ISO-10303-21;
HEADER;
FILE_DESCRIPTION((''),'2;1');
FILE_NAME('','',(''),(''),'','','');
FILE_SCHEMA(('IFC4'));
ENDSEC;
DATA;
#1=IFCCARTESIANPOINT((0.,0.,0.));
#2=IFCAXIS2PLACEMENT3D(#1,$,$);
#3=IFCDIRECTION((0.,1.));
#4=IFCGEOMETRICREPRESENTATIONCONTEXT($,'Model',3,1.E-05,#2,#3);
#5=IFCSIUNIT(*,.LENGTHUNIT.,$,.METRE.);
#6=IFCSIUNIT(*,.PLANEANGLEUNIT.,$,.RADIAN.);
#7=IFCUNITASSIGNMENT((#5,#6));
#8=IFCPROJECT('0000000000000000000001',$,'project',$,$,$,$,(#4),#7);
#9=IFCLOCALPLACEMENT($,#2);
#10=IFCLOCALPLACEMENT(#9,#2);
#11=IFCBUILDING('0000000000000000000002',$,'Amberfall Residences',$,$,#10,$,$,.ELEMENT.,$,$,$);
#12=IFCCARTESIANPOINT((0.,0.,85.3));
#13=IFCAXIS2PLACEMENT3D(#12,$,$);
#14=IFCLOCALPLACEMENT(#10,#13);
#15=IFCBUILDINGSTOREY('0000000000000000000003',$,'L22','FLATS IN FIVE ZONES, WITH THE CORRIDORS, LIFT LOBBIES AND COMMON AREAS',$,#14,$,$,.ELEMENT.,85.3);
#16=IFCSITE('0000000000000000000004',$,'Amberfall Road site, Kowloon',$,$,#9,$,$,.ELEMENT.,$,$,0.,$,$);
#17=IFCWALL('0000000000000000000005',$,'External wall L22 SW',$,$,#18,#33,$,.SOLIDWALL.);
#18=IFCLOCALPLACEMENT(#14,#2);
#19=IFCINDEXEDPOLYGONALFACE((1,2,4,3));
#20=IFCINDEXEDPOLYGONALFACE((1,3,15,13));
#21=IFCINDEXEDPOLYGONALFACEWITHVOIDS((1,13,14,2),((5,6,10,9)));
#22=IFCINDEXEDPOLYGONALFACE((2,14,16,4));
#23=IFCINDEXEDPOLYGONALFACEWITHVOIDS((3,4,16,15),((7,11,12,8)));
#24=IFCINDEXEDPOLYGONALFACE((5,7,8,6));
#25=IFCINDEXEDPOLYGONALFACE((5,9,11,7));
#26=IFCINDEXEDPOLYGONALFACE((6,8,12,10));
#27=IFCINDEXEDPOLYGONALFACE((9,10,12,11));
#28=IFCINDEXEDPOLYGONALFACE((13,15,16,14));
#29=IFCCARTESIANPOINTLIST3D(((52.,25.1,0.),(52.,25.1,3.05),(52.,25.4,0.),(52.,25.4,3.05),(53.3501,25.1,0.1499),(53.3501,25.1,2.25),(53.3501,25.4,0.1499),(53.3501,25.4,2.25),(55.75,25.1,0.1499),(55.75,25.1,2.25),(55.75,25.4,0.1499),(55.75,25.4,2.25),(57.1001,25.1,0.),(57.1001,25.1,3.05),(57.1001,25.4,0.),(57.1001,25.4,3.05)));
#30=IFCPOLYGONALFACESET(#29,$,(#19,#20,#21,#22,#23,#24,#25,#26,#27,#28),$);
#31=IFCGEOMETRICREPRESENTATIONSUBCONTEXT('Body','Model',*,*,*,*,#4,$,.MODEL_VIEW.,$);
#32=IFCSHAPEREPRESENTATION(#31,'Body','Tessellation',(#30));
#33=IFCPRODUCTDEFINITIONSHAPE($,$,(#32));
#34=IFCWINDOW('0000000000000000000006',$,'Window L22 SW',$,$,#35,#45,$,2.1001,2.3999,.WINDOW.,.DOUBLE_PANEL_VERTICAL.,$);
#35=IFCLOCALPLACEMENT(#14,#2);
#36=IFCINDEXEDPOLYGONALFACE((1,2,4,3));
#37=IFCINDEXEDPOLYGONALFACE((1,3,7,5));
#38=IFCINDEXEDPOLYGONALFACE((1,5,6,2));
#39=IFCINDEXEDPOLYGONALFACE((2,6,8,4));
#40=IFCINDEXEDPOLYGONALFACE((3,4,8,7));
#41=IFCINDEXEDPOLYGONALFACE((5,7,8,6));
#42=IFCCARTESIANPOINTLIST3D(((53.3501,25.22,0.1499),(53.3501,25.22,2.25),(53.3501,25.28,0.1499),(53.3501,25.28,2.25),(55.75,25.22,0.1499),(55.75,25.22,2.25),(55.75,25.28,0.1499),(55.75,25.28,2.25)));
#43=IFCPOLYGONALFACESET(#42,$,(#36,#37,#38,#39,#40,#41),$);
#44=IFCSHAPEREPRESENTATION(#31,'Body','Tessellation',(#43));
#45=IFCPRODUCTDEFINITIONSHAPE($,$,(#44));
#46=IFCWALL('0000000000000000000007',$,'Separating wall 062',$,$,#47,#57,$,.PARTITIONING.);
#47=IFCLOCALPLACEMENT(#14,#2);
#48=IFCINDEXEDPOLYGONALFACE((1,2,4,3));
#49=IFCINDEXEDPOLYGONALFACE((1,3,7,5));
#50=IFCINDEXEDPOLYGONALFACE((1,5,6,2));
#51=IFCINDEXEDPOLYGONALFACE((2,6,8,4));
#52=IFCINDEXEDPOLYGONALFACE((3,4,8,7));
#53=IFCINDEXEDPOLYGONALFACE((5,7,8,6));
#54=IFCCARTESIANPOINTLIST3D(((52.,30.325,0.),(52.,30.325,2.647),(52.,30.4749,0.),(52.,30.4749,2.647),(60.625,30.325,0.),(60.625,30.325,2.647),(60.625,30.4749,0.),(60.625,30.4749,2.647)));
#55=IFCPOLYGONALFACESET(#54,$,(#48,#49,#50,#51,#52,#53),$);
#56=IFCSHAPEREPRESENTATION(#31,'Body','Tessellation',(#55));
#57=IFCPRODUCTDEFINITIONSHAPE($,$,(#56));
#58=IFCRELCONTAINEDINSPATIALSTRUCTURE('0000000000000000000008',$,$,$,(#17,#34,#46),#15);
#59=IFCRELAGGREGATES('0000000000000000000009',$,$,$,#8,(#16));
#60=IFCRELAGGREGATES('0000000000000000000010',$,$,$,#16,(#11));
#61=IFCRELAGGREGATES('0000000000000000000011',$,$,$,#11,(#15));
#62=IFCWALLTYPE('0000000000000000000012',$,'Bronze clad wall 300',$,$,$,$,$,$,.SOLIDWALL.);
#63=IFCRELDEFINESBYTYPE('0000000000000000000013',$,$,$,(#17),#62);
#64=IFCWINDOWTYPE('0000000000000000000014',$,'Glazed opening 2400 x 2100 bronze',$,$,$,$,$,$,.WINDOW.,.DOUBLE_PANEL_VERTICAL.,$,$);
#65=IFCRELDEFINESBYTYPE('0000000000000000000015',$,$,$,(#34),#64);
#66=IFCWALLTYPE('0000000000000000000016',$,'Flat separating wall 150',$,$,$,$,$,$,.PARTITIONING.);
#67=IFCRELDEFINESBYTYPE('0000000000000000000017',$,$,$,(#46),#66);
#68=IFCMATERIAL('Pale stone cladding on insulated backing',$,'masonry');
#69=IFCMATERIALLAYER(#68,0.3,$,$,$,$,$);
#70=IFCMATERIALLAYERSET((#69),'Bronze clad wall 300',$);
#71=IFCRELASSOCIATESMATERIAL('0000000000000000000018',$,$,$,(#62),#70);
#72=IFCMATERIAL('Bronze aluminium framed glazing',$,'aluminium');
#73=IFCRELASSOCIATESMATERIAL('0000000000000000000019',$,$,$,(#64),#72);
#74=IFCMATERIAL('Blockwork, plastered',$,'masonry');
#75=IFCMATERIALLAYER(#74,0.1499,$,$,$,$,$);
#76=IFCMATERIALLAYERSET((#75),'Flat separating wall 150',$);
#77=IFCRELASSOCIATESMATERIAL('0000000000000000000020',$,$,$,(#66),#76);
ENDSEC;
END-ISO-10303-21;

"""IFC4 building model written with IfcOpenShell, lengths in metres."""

from ifc_helpers import new_model, si_unit, direction, frame, frame_2d, origin, place, context, subcontext, project, spatial, rectangle, extrude, material, layer, layer_set, type_object, element, fill, save


model = new_model("IFC4")

# Units and contexts
model_context = context("Model", 3, precision=1e-05, world=origin(), true_north=direction((0.0, 1.0)))
body_context = subcontext(model_context, "Body", "Model", "MODEL_VIEW")
ifc_project = project(units=[si_unit("LENGTHUNIT", "METRE"), si_unit("PLANEANGLEUNIT", "RADIAN")], contexts=[model_context])

# Site, building, storey
site_placement = place(None, origin())
site = spatial("IfcSite", under=ifc_project, at=site_placement, Name="Amberfall Road site, Kowloon", CompositionType="ELEMENT", RefElevation=0.0)
building_placement = place(site_placement, origin())
building = spatial("IfcBuilding", under=site, at=building_placement, Name="Amberfall Residences", CompositionType="ELEMENT")
storey_placement = place(building_placement, frame((0.0, 0.0, 85.3)))
storey = spatial("IfcBuildingStorey", under=building, at=storey_placement, Name="L22", Description="FLATS IN FIVE ZONES, WITH THE CORRIDORS, LIFT LOBBIES AND COMMON AREAS", CompositionType="ELEMENT", Elevation=85.3)

# Wall, opening, window
ifc_material_1 = material(Name="Pale stone cladding on insulated backing", Category="masonry")
ifc_layer_1 = layer(ifc_material_1, 0.3)
ifc_layer_set_1 = layer_set([ifc_layer_1], Name="Bronze clad wall 300")
wall_type_1 = type_object("IfcWallType", Name="Bronze clad wall 300", PredefinedType="SOLIDWALL", material=ifc_layer_set_1)
wall_1_placement = place(storey_placement, frame((52.0, 25.25, 0.0), z_axis=(0.0, 0.0, 1.0), x_axis=(1.0, 0.0, 0.0)))
wall_1 = element("IfcWall", 1, at=wall_1_placement, inside=storey, type_object=wall_type_1, Name="External wall L22 SW", PredefinedType="SOLIDWALL", context=body_context, shape_type="SweptSolid", body=[
    extrude(rectangle(XDim=5.1001, YDim=0.3, at=frame_2d((2.55, 0.0))), origin(), (0.0, 0.0, 1.0), 3.05),
])
opening_placement = place(wall_1_placement, frame((1.3501, 0.0, 0.1499)))
opening = element("IfcOpeningElement", 2, at=opening_placement, cuts=wall_1, PredefinedType="OPENING", context=body_context, shape_type="SweptSolid", body=[
    extrude(rectangle(XDim=2.3999, YDim=2.1001, at=frame_2d((1.2, 1.05))), frame((0.0, 0.1599, 0.0), z_axis=(0.0, -1.0, 0.0), x_axis=(1.0, 0.0, 0.0)), (0.0, 0.0, 1.0), 0.3201),
])
ifc_material_2 = material(Name="Bronze aluminium framed glazing", Category="aluminium")
window_type = type_object("IfcWindowType", Name="Glazed opening 2400 x 2100 bronze", PartitioningType="DOUBLE_PANEL_VERTICAL", PredefinedType="WINDOW", material=ifc_material_2)
window_placement = place(opening_placement, origin())
window = element("IfcWindow", 3, at=window_placement, inside=storey, type_object=window_type, Name="Window L22 SW", OverallHeight=2.1001, OverallWidth=2.3999, PartitioningType="DOUBLE_PANEL_VERTICAL", PredefinedType="WINDOW", context=body_context, shape_type="SweptSolid", body=[
    extrude(rectangle(XDim=2.3999, YDim=2.1001, at=frame_2d((1.2, 1.05))), frame((0.0, 0.03, 0.0), z_axis=(0.0, -1.0, 0.0), x_axis=(1.0, 0.0, 0.0)), (0.0, 0.0, 1.0), 0.0601),
])
fill(opening, window)

# Wall
ifc_material_3 = material(Name="Blockwork, plastered", Category="masonry")
ifc_layer_2 = layer(ifc_material_3, 0.1499)
ifc_layer_set_2 = layer_set([ifc_layer_2], Name="Flat separating wall 150")
wall_type_2 = type_object("IfcWallType", Name="Flat separating wall 150", PredefinedType="PARTITIONING", material=ifc_layer_set_2)
wall_2_placement = place(storey_placement, frame((52.0, 30.3999, 0.0), z_axis=(0.0, 0.0, 1.0), x_axis=(1.0, 0.0, 0.0)))
element("IfcWall", 4, at=wall_2_placement, inside=storey, type_object=wall_type_2, Name="Separating wall 062", PredefinedType="PARTITIONING", context=body_context, shape_type="SweptSolid", body=[
    extrude(rectangle(XDim=8.625, YDim=0.1499, at=frame_2d((4.3125, 0.0))), origin(), (0.0, 0.0, 1.0), 2.647),
])

save(model, "model.ifc")
